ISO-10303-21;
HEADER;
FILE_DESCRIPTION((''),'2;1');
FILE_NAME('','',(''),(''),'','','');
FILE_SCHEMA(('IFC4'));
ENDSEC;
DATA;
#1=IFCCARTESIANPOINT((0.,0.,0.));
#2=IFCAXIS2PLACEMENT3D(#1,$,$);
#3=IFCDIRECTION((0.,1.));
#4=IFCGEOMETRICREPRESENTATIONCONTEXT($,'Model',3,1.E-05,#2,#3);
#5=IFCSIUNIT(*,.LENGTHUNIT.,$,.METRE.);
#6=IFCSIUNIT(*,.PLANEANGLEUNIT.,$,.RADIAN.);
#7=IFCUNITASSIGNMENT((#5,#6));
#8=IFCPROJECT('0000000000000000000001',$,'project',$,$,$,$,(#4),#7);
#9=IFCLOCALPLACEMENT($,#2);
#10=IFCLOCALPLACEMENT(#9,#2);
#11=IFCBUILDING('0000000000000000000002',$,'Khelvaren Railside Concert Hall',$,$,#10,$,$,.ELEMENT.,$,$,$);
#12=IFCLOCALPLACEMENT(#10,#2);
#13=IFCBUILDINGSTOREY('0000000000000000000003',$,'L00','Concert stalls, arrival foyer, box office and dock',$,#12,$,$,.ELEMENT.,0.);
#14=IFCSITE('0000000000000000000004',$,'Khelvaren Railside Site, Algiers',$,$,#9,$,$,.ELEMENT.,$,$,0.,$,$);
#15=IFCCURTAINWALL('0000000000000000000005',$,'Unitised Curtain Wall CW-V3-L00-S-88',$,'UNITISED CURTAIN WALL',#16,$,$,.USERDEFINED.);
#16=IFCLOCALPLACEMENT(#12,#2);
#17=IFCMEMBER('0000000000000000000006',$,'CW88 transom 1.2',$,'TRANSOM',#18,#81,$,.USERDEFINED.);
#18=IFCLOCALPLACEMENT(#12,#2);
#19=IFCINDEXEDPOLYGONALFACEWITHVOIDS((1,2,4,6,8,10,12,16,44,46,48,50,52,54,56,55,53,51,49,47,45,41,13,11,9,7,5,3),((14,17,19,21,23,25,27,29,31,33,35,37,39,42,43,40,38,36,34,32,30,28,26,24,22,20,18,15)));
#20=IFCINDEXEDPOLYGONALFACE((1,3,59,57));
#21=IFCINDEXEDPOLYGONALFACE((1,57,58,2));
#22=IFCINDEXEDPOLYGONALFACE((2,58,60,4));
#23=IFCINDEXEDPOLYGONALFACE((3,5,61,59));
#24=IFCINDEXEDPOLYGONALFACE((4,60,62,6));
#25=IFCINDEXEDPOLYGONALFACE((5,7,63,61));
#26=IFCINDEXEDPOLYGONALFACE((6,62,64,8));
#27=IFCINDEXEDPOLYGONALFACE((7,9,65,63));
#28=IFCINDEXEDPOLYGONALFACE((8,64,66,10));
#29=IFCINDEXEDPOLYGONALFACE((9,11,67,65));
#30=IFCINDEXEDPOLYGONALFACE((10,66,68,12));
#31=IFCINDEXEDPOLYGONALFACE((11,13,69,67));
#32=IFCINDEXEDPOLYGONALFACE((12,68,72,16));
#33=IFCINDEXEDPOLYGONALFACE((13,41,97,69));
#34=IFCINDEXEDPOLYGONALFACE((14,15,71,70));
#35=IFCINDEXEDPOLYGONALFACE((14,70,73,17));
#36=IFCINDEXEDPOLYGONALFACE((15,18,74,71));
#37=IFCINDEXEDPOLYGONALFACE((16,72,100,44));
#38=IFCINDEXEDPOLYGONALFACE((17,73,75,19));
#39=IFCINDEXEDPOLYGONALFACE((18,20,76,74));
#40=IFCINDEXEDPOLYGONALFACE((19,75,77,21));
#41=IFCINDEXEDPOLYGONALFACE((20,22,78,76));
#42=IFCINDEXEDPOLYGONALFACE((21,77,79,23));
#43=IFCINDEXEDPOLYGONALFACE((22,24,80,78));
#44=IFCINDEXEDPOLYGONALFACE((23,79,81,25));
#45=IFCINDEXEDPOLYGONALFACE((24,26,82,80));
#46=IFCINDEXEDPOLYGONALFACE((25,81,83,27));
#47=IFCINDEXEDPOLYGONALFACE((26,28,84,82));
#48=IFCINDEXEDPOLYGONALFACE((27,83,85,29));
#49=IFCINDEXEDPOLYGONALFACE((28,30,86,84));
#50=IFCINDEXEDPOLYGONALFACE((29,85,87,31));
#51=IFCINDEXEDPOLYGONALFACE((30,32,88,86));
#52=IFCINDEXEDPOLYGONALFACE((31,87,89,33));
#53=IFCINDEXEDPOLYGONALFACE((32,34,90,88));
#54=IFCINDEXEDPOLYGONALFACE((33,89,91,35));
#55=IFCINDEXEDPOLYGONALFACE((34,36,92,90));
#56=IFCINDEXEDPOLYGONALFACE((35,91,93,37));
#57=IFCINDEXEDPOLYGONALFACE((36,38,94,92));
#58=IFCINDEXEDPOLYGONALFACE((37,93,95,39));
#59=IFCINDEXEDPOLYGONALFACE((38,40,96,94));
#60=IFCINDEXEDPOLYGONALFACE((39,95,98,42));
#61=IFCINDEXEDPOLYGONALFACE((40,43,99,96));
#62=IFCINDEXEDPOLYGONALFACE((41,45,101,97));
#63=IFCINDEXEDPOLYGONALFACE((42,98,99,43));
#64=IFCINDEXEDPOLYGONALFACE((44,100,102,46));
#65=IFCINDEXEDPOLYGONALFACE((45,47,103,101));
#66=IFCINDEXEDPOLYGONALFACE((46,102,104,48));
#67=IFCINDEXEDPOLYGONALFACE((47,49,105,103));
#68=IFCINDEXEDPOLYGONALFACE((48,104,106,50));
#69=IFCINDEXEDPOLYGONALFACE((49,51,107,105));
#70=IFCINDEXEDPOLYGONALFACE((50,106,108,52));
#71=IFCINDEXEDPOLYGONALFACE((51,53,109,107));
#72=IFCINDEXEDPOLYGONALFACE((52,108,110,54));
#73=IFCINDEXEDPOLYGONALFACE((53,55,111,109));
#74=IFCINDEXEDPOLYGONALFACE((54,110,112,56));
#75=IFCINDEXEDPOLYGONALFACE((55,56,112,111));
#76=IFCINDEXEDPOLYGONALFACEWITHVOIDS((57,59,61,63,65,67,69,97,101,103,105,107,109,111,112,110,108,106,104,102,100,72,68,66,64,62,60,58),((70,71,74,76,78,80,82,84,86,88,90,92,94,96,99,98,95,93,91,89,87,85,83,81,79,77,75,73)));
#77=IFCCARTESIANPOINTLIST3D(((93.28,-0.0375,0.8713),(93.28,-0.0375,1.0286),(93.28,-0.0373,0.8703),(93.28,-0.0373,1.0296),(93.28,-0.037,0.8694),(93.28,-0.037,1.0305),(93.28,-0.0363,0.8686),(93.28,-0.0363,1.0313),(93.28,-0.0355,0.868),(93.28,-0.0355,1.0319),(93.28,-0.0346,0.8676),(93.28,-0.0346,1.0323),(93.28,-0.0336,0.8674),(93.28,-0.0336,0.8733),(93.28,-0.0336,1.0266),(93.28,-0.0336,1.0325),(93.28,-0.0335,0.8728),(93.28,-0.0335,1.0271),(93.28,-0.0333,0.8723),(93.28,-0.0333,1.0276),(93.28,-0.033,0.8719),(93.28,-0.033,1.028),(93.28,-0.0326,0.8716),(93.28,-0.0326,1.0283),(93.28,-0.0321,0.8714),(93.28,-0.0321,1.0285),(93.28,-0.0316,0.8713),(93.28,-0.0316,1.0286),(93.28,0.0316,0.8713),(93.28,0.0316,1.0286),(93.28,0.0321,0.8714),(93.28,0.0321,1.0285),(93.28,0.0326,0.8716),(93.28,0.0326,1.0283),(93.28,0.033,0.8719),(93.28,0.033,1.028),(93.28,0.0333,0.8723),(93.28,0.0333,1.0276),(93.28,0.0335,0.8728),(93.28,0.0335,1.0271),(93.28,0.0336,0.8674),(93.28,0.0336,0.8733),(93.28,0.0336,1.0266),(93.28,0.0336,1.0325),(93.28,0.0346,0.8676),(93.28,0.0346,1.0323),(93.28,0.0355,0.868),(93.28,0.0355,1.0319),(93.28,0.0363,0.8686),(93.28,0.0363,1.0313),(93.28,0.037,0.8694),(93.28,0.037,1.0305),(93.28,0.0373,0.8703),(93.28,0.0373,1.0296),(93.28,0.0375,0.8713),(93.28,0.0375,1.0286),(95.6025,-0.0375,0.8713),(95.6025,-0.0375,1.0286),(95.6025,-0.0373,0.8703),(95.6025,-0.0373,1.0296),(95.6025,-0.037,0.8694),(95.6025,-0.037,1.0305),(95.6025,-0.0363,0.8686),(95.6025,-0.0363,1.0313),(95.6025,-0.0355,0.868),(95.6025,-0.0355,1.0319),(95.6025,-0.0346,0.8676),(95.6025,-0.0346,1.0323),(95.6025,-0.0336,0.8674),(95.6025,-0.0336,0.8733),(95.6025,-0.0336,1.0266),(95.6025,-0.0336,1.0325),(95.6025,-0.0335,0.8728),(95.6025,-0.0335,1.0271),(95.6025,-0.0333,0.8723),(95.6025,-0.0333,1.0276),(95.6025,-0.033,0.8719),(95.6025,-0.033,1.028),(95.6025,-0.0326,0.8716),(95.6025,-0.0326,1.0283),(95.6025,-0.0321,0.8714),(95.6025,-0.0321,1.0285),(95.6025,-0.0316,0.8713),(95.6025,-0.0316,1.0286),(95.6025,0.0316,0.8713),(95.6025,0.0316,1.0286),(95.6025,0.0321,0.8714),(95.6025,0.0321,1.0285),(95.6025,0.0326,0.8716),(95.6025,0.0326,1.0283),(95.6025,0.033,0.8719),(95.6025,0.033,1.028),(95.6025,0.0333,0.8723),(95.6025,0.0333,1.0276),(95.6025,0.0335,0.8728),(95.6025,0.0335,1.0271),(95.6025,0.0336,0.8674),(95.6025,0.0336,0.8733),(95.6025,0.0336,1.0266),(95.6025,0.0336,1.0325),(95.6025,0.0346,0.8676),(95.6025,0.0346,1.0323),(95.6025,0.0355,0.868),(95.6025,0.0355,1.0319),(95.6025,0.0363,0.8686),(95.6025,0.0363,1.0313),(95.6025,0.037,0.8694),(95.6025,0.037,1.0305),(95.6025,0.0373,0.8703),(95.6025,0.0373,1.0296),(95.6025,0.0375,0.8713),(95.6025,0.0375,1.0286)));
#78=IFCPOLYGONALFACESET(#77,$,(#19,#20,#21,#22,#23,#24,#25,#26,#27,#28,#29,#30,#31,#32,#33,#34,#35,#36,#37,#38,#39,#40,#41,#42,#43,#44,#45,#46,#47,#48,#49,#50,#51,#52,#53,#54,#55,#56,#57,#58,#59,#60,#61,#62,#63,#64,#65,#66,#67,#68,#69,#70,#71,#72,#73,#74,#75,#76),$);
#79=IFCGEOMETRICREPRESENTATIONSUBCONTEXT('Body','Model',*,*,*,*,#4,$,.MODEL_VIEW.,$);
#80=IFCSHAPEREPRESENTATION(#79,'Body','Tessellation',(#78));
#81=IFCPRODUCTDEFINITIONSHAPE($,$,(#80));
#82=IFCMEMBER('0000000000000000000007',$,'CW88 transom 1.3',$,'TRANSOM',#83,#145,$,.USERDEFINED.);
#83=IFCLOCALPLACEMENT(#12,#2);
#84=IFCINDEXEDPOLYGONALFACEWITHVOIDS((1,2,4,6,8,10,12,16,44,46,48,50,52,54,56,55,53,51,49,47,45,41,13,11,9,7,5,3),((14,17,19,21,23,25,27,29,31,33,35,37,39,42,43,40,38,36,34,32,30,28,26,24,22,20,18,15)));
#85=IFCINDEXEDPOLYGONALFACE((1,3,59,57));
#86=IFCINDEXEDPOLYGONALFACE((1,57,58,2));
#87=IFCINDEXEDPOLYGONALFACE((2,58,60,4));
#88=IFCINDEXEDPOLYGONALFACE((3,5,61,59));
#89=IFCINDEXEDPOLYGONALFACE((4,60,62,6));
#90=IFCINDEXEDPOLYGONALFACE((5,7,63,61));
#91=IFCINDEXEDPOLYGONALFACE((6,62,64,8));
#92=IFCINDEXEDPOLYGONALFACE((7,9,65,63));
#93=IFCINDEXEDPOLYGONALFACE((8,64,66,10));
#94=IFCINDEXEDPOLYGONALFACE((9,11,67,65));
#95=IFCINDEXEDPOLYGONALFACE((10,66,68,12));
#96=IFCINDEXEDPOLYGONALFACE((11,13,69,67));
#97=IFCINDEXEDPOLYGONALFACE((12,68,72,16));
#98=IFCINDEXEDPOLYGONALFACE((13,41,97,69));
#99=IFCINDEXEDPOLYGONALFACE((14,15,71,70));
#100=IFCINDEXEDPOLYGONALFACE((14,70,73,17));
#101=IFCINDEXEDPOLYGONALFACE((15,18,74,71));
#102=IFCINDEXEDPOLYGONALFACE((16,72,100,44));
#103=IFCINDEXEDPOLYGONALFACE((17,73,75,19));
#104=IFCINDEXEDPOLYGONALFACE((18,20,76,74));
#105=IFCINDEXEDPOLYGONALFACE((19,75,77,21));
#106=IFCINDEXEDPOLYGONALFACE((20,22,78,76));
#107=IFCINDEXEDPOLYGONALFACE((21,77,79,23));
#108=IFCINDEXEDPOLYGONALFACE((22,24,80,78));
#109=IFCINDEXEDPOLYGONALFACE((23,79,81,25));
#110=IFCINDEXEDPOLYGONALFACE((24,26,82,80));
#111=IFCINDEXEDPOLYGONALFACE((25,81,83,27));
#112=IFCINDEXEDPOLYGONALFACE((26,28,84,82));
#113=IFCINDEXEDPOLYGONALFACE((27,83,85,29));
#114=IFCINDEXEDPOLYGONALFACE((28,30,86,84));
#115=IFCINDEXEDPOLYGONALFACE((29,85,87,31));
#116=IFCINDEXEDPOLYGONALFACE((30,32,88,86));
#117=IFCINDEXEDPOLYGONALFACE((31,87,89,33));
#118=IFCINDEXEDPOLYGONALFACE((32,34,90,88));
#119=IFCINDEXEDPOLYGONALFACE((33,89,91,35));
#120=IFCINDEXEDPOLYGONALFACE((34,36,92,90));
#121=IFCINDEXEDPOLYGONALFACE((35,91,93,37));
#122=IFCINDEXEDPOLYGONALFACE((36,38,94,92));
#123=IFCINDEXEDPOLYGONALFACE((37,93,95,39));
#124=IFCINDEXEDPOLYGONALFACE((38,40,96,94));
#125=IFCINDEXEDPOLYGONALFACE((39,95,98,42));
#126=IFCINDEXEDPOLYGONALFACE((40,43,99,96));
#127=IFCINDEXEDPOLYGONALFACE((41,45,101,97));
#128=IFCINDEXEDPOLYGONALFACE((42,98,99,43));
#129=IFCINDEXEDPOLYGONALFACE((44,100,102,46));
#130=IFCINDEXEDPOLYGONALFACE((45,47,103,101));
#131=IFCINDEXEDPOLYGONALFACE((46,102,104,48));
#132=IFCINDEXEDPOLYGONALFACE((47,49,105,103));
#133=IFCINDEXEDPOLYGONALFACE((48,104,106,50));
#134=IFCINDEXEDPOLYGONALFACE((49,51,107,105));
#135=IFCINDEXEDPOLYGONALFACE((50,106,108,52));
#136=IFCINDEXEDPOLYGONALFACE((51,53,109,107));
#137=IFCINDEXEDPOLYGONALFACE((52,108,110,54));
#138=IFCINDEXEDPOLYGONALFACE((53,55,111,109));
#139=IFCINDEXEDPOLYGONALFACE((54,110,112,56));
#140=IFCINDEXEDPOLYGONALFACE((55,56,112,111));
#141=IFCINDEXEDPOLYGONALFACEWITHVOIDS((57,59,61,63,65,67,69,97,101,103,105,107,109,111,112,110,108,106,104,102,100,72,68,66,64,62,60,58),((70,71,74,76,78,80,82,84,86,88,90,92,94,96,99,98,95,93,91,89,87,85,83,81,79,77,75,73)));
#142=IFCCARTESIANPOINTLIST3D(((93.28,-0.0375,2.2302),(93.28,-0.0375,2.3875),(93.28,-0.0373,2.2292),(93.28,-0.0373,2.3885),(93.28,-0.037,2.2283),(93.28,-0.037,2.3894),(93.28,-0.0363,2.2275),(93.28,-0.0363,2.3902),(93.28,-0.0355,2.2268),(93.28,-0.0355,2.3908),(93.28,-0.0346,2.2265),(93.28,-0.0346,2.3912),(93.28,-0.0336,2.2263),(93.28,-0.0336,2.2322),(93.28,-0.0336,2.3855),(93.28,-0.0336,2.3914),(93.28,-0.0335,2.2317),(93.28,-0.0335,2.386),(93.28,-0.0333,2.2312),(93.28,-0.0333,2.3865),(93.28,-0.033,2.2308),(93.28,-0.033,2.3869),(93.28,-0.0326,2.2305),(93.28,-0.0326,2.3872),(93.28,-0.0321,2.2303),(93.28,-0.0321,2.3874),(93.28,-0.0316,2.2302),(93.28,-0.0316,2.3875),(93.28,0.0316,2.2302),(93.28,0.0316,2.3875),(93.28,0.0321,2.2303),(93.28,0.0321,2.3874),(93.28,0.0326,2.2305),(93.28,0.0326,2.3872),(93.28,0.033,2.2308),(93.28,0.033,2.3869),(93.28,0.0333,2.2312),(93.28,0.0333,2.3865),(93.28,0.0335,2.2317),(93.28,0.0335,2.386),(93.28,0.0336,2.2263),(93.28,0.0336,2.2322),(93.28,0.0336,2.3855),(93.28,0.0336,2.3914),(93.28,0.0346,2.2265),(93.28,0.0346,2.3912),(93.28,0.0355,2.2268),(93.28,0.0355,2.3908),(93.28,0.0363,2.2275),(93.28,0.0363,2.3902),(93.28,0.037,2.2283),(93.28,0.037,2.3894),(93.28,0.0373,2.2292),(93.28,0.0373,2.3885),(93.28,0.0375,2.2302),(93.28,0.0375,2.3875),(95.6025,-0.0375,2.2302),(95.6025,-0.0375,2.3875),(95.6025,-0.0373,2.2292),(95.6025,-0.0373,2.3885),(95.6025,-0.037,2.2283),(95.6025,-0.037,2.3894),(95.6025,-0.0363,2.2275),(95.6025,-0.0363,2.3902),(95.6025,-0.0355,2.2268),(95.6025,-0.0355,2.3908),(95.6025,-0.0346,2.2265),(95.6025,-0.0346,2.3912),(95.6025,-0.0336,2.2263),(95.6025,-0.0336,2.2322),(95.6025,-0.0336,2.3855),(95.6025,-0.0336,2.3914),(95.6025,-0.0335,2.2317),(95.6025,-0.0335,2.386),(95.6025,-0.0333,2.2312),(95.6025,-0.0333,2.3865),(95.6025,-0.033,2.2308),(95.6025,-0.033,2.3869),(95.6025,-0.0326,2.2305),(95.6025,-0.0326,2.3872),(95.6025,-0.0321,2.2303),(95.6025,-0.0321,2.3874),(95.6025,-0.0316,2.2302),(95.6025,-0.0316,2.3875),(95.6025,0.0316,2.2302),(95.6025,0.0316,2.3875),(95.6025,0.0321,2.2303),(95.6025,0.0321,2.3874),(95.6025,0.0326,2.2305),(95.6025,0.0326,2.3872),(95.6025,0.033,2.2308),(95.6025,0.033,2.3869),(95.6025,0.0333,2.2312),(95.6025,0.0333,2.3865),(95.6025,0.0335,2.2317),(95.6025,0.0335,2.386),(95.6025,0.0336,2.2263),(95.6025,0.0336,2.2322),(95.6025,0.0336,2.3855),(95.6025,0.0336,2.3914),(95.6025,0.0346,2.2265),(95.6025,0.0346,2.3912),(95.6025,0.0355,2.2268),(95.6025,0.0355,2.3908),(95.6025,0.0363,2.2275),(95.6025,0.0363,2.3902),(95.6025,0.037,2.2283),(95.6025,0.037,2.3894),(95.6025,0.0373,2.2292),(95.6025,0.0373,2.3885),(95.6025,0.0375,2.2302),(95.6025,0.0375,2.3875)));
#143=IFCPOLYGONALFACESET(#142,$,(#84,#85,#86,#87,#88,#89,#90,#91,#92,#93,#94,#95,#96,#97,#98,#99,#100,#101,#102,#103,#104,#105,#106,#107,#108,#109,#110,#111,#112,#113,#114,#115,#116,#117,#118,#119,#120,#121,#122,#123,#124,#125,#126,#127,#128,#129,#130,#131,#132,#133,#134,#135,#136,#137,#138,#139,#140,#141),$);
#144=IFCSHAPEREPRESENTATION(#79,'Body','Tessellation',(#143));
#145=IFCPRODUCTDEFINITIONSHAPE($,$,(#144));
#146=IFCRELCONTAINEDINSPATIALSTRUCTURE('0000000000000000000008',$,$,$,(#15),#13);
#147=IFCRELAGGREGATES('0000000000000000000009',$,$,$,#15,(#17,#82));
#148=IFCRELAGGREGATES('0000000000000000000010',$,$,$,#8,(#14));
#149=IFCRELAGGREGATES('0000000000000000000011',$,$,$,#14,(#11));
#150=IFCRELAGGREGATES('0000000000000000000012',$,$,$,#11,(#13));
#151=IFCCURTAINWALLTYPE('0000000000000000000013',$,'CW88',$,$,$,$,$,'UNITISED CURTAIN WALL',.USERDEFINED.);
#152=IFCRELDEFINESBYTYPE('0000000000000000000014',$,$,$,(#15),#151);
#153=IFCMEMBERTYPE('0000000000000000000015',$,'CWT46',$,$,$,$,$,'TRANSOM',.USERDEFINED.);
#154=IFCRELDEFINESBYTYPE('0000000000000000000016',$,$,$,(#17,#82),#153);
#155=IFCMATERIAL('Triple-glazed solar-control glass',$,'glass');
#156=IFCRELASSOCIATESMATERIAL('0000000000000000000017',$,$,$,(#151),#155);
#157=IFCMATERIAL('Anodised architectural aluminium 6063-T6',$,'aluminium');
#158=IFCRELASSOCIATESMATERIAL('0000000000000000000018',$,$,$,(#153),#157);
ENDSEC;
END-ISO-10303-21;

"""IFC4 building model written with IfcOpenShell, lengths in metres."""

from ifc_helpers import new_model, si_unit, direction, frame, origin, origin_2d, place, context, subcontext, project, spatial, hollow_rectangle, extrude, material, material_profile, profile_set, type_object, element, aggregate, save


model = new_model("IFC4")

# Units and contexts
model_context = context("Model", 3, precision=1e-05, world=origin(), true_north=direction((0.0, 1.0)))
body_context = subcontext(model_context, "Body", "Model", "MODEL_VIEW")
ifc_project = project(units=[si_unit("LENGTHUNIT", "METRE"), si_unit("PLANEANGLEUNIT", "RADIAN")], contexts=[model_context])

# Site, building, storey
site_placement = place(None, origin())
site = spatial("IfcSite", under=ifc_project, at=site_placement, Name="Khelvaren Railside Site, Algiers", CompositionType="ELEMENT", RefElevation=0.0)
building_placement = place(site_placement, origin())
building = spatial("IfcBuilding", under=site, at=building_placement, Name="Khelvaren Railside Concert Hall", CompositionType="ELEMENT")
storey_placement = place(building_placement, origin())
storey = spatial("IfcBuildingStorey", under=building, at=storey_placement, Name="L00", Description="Concert stalls, arrival foyer, box office and dock", CompositionType="ELEMENT", Elevation=0.0)

# Curtain wall, members
ifc_material_1 = material(Name="Triple-glazed solar-control glass", Category="glass")
curtain_wall_type = type_object("IfcCurtainWallType", Name="CW88", ElementType="UNITISED CURTAIN WALL", PredefinedType="USERDEFINED", material=ifc_material_1)
curtain_wall_placement = place(storey_placement, origin())
curtain_wall = element("IfcCurtainWall", 1, at=curtain_wall_placement, inside=storey, type_object=curtain_wall_type, Name="Unitised Curtain Wall CW-V3-L00-S-88", ObjectType="UNITISED CURTAIN WALL", PredefinedType="USERDEFINED")
ifc_material_2 = material(Name="Anodised architectural aluminium 6063-T6", Category="aluminium")
ifc_material_profile_1 = material_profile(ifc_material_2, hollow_rectangle(XDim=0.075, YDim=0.165, WallThickness=0.0039, InnerFilletRadius=0.002, OuterFilletRadius=0.0039, at=origin_2d()), Name="CWT 75x165x4")
ifc_profile_set_1 = profile_set([ifc_material_profile_1], Name="Anodised architectural aluminium 6063-T6")
member_type_1 = type_object("IfcMemberType", Name="CWT46", ElementType="TRANSOM", PredefinedType="USERDEFINED", material=ifc_profile_set_1)
member_1_placement = place(storey_placement, frame((95.6025, 0.0, 0.95), z_axis=(-1.0, 0.0, 0.0), x_axis=(0.0, -1.0, 0.0)))
member_1 = element("IfcMember", 2, at=member_1_placement, type_object=member_type_1, Name="CW88 transom 1.2", ObjectType="TRANSOM", PredefinedType="USERDEFINED", context=body_context, shape_type="SweptSolid", body=[
    extrude(hollow_rectangle(XDim=0.075, YDim=0.165, WallThickness=0.0039, InnerFilletRadius=0.002, OuterFilletRadius=0.0039, at=origin_2d()), origin(), (0.0, 0.0, 1.0), 2.3225),
])
member_2_placement = place(storey_placement, frame((95.6025, 0.0, 2.3088), z_axis=(-1.0, 0.0, 0.0), x_axis=(0.0, -1.0, 0.0)))
member_2 = element("IfcMember", 3, at=member_2_placement, type_object=member_type_1, Name="CW88 transom 1.3", ObjectType="TRANSOM", PredefinedType="USERDEFINED", context=body_context, shape_type="SweptSolid", body=[
    extrude(hollow_rectangle(XDim=0.075, YDim=0.165, WallThickness=0.0039, InnerFilletRadius=0.002, OuterFilletRadius=0.0039, at=origin_2d()), origin(), (0.0, 0.0, 1.0), 2.3225),
])

aggregate(curtain_wall, [member_1, member_2])

save(model, "model.ifc")
